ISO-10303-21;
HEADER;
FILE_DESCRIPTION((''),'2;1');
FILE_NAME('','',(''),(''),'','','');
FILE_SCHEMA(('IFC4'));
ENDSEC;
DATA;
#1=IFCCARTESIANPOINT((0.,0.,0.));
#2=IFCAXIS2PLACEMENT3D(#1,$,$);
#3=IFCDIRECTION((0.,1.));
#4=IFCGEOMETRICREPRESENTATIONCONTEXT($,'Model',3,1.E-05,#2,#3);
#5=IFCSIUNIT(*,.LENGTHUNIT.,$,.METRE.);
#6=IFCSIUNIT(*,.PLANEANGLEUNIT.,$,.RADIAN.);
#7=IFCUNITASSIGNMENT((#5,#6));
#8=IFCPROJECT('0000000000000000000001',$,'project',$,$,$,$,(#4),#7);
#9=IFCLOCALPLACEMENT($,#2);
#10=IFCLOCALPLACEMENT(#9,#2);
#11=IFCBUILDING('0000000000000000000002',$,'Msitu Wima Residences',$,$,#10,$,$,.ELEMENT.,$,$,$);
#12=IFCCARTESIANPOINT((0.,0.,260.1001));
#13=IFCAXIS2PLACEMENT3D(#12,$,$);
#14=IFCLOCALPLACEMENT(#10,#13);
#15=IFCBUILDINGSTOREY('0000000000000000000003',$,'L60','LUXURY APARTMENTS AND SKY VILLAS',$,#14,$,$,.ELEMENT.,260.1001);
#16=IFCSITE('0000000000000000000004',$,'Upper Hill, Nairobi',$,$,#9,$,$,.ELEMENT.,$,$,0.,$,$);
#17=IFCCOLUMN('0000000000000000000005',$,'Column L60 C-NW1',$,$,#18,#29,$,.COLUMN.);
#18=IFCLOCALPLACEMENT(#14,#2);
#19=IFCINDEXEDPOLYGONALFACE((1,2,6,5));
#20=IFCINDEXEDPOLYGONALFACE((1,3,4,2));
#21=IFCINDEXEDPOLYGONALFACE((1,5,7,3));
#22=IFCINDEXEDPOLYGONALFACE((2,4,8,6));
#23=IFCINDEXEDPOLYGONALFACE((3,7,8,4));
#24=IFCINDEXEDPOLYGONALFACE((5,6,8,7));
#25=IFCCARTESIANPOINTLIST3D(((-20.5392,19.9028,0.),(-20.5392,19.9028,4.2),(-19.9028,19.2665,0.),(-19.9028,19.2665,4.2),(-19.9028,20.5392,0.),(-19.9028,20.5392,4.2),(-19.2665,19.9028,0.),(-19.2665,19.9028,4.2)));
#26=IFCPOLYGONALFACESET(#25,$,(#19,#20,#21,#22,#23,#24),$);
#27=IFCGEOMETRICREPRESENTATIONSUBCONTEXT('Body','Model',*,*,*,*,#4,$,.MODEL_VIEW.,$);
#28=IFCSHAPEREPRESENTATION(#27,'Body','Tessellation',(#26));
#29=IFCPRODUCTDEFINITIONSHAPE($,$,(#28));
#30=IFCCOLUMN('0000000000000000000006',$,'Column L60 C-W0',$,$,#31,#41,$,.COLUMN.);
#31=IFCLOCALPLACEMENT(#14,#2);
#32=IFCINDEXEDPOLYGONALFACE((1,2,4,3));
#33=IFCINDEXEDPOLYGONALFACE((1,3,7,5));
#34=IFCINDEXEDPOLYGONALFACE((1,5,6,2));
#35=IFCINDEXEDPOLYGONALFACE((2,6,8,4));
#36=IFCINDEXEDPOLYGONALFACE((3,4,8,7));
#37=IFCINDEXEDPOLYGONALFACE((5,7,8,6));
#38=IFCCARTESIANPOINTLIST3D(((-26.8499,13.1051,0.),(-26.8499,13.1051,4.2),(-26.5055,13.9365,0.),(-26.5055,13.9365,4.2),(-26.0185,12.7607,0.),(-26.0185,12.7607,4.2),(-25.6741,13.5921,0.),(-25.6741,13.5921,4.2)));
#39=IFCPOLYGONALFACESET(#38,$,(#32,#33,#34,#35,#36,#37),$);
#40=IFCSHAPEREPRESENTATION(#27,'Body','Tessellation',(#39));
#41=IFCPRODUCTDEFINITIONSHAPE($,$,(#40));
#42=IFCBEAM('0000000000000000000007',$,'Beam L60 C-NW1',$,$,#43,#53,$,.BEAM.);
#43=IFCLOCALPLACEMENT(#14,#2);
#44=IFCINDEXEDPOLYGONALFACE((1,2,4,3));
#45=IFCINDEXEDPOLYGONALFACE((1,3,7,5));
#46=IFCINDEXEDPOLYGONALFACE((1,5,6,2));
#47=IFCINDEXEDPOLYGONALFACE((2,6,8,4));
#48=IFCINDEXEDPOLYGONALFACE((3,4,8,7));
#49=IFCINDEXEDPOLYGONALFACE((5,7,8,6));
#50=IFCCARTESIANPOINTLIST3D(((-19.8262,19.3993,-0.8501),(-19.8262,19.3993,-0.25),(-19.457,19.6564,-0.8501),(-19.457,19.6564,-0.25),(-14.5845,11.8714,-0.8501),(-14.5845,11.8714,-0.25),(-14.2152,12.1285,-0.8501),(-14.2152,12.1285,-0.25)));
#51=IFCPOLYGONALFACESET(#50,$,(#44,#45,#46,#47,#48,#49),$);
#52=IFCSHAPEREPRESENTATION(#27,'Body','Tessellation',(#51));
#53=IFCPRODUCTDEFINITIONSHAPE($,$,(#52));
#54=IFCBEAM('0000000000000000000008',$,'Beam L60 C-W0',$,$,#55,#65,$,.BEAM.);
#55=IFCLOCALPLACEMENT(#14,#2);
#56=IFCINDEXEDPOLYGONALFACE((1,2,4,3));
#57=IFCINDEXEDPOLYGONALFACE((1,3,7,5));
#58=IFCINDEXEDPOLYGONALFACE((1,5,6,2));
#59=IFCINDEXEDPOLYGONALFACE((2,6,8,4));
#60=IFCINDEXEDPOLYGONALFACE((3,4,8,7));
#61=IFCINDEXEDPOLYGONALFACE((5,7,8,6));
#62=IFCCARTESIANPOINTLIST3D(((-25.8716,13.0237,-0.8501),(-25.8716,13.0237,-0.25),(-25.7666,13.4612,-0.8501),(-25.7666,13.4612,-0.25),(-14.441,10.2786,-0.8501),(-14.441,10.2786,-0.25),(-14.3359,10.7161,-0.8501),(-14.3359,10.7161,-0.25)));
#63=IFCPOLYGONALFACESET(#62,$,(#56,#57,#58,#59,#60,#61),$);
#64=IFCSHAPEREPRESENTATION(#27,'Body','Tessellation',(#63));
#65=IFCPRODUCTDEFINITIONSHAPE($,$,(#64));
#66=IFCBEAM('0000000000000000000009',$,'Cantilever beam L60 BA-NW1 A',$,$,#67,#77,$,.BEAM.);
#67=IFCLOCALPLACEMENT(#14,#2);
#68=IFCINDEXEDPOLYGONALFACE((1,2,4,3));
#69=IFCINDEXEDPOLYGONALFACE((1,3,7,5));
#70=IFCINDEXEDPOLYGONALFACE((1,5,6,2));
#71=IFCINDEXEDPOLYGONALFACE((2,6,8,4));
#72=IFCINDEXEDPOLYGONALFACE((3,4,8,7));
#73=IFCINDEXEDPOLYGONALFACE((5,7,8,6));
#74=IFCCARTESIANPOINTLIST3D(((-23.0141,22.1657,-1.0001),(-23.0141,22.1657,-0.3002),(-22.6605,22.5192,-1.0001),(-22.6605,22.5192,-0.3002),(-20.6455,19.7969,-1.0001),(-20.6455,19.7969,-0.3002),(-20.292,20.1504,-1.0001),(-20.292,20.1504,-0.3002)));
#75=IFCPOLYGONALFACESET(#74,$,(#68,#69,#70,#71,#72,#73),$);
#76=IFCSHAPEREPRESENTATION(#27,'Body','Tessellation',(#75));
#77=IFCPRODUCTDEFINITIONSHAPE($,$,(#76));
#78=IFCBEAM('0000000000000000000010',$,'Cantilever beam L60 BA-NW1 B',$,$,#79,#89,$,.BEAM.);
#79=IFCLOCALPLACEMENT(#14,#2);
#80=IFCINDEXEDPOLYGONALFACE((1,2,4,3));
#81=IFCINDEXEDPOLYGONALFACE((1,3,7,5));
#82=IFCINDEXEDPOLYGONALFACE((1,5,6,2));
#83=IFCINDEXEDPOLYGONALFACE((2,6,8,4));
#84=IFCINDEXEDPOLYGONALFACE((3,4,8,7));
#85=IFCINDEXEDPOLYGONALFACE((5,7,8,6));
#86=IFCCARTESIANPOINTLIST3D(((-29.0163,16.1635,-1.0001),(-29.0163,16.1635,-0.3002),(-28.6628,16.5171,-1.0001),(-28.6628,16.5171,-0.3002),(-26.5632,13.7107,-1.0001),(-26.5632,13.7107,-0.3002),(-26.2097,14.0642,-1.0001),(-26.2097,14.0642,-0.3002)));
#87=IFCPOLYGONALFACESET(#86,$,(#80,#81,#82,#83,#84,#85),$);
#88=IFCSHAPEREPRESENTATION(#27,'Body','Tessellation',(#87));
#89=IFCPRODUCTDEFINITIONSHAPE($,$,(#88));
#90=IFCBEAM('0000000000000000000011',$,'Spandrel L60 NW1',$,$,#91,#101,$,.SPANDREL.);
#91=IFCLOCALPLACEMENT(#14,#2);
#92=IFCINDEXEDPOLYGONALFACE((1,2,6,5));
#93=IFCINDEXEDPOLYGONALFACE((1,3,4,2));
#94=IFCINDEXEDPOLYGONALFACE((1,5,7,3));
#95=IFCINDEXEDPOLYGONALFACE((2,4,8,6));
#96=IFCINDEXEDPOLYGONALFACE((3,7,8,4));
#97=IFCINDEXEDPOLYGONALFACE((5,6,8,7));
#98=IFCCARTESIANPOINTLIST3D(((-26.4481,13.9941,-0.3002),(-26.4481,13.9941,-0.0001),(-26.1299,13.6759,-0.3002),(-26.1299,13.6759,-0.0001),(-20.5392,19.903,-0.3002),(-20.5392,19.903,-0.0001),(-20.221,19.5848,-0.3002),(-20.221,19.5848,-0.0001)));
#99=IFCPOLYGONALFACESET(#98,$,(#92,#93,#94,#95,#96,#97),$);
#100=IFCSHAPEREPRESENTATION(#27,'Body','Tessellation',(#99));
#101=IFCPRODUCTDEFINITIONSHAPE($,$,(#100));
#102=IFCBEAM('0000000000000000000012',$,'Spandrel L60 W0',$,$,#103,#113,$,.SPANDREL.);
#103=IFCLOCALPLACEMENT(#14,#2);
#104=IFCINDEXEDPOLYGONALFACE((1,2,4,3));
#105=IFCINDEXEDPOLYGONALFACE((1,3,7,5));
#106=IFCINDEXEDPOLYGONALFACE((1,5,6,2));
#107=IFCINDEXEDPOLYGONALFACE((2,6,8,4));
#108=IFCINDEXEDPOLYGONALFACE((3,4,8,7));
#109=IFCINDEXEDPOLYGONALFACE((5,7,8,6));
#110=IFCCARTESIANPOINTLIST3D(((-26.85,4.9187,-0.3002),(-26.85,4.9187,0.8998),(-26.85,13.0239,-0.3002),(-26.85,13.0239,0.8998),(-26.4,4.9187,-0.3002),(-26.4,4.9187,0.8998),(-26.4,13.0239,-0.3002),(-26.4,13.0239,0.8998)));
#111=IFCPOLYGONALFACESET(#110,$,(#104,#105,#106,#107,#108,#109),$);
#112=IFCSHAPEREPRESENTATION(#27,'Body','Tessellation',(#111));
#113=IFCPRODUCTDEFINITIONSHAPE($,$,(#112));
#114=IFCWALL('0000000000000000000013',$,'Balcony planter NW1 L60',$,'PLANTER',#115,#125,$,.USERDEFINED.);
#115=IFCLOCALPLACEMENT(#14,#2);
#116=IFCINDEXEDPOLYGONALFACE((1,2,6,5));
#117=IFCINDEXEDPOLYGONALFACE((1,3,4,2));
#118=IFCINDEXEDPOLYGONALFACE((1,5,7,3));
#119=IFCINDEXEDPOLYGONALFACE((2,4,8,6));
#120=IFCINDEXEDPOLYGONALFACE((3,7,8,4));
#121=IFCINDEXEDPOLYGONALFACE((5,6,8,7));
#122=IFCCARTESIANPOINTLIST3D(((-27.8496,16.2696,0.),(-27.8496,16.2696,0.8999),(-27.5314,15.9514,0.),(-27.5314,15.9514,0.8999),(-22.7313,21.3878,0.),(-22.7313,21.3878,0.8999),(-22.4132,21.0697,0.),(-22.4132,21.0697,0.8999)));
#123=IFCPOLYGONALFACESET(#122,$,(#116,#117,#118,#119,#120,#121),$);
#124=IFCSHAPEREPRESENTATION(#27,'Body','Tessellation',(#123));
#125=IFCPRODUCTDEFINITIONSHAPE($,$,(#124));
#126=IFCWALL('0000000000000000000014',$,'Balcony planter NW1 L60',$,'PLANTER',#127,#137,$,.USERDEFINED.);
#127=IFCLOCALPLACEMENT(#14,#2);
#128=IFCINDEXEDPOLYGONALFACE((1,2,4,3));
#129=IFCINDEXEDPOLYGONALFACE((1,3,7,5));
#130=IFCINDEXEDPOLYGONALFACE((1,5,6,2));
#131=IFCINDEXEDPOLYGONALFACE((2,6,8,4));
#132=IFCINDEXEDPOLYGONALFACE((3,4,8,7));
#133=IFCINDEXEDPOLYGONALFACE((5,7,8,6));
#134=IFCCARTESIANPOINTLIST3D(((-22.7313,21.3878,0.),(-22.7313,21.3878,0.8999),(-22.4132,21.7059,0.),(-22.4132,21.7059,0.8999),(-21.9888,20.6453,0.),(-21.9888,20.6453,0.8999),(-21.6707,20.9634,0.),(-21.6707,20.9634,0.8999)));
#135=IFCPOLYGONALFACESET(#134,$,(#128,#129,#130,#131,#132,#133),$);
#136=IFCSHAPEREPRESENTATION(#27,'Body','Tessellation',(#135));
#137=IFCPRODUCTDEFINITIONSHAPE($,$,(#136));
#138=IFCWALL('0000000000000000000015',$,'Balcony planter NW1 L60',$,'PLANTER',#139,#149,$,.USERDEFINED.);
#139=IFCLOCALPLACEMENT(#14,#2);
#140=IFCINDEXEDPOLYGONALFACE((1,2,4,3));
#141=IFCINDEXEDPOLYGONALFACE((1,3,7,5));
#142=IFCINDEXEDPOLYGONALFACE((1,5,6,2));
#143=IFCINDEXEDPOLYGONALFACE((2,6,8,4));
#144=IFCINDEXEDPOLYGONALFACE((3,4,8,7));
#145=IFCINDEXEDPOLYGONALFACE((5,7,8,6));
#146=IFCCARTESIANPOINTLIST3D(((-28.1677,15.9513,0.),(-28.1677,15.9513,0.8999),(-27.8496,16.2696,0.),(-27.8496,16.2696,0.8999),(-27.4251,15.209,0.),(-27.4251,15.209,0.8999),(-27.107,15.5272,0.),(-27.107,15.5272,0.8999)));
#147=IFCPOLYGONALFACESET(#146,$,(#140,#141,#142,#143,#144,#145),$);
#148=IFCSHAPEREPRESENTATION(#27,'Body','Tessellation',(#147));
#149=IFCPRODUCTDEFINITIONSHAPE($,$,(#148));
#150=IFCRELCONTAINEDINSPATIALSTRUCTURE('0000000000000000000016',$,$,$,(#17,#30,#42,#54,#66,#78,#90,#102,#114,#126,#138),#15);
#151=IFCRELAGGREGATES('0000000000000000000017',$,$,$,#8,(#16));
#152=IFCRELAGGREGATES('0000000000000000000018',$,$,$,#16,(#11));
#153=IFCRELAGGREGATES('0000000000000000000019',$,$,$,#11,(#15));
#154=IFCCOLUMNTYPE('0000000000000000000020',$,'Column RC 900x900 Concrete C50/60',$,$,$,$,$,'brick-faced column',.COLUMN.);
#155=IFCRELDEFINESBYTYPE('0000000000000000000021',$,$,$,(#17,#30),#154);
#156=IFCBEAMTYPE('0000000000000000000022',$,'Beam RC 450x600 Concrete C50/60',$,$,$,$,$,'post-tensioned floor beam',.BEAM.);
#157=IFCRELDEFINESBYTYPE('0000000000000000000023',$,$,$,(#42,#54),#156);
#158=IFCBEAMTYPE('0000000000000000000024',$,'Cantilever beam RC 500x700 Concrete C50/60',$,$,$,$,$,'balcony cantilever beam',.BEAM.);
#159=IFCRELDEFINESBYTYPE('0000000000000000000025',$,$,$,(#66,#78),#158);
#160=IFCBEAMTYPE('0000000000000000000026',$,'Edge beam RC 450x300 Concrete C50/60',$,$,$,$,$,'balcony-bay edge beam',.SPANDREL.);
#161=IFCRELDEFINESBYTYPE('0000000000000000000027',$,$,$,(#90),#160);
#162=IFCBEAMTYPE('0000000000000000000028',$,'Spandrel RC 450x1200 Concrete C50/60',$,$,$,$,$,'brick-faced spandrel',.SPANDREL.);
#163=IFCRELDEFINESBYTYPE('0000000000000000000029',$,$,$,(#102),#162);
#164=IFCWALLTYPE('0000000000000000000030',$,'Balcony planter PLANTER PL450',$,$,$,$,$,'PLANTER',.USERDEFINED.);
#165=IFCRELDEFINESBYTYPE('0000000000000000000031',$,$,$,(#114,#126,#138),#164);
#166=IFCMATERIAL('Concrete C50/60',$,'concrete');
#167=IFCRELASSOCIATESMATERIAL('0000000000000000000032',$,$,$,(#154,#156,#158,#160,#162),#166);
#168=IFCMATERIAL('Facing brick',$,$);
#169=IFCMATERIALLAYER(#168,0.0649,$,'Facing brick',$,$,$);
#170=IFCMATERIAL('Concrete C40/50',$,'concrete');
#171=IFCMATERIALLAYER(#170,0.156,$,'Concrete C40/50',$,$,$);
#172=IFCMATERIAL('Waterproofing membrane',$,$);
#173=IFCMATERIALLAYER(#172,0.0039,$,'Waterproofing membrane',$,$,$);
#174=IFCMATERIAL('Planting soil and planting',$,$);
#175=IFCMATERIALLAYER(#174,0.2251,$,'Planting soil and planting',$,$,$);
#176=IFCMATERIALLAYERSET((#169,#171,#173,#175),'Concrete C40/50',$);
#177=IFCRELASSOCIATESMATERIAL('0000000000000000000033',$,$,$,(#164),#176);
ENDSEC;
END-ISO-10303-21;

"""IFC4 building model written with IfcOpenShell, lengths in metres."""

from ifc_helpers import new_model, si_unit, direction, frame, frame_2d, origin, origin_2d, place, context, subcontext, project, spatial, rectangle, extrude, material, layer, layer_set, material_profile, profile_set, type_object, element, save


model = new_model("IFC4")

# Units and contexts
model_context = context("Model", 3, precision=1e-05, world=origin(), true_north=direction((0.0, 1.0)))
body_context = subcontext(model_context, "Body", "Model", "MODEL_VIEW")
ifc_project = project(units=[si_unit("LENGTHUNIT", "METRE"), si_unit("PLANEANGLEUNIT", "RADIAN")], contexts=[model_context])

# Site, building, storey
site_placement = place(None, origin())
site = spatial("IfcSite", under=ifc_project, at=site_placement, Name="Upper Hill, Nairobi", CompositionType="ELEMENT", RefElevation=0.0)
building_placement = place(site_placement, origin())
building = spatial("IfcBuilding", under=site, at=building_placement, Name="Msitu Wima Residences", CompositionType="ELEMENT")
storey_placement = place(building_placement, frame((0.0, 0.0, 260.1001)))
storey = spatial("IfcBuildingStorey", under=building, at=storey_placement, Name="L60", Description="LUXURY APARTMENTS AND SKY VILLAS", CompositionType="ELEMENT", Elevation=260.1001)

# Columns
ifc_material_1 = material(Name="Concrete C50/60", Category="concrete")
ifc_material_profile_1 = material_profile(ifc_material_1, rectangle(XDim=0.8999, YDim=0.8999, at=origin_2d()), Name="RC 900x900")
ifc_profile_set_1 = profile_set([ifc_material_profile_1], Name="Concrete C50/60")
column_type = type_object("IfcColumnType", Name="Column RC 900x900 Concrete C50/60", ElementType="brick-faced column", PredefinedType="COLUMN", material=ifc_profile_set_1)
for number, where, z_axis, x_axis, name in (
    (1, (-19.9028, 19.9028, 0.0), (0.0, 0.0, 1.0), (-0.707107, -0.707107, 0.0), "Column L60 C-NW1"),
    (2, (-26.262, 13.3486, 0.0), (0.0, 0.0, 1.0), (-0.382683, -0.92388, 0.0), "Column L60 C-W0"),
):
    element("IfcColumn", number, at=place(storey_placement, frame(where, z_axis=z_axis, x_axis=x_axis)), inside=storey, type_object=column_type, Name=name, PredefinedType="COLUMN", context=body_context, shape_type="SweptSolid", body=[
        extrude(rectangle(XDim=0.8999, YDim=0.8999, at=origin_2d()), origin(), (0.0, 0.0, 1.0), 4.2),
    ])

# Beams
ifc_material_profile_2 = material_profile(ifc_material_1, rectangle(XDim=0.45, YDim=0.6001, at=origin_2d()), Name="RC 450x600")
ifc_profile_set_2 = profile_set([ifc_material_profile_2], Name="Concrete C50/60")
beam_type_1 = type_object("IfcBeamType", Name="Beam RC 450x600 Concrete C50/60", ElementType="post-tensioned floor beam", PredefinedType="BEAM", material=ifc_profile_set_2)
beam_1_placement = place(storey_placement, frame((-19.6416, 19.5278, -0.55), z_axis=(0.571428, -0.820652, 0.0), x_axis=(0.820652, 0.571428, 0.0)))
element("IfcBeam", 3, at=beam_1_placement, inside=storey, type_object=beam_type_1, Name="Beam L60 C-NW1", PredefinedType="BEAM", context=body_context, shape_type="SweptSolid", body=[
    extrude(rectangle(XDim=0.45, YDim=0.6001, at=origin_2d()), origin(), (0.0, 0.0, 1.0), 9.1731),
])
beam_2_placement = place(storey_placement, frame((-25.8191, 13.2424, -0.55), z_axis=(0.972353, -0.233514, 0.0), x_axis=(0.233514, 0.972353, 0.0)))
element("IfcBeam", 4, at=beam_2_placement, inside=storey, type_object=beam_type_1, Name="Beam L60 C-W0", PredefinedType="BEAM", context=body_context, shape_type="SweptSolid", body=[
    extrude(rectangle(XDim=0.45, YDim=0.6001, at=origin_2d()), origin(), (0.0, 0.0, 1.0), 11.7556),
])
ifc_material_profile_3 = material_profile(ifc_material_1, rectangle(XDim=0.5, YDim=0.7, at=origin_2d()), Name="RC 500x700")
ifc_profile_set_3 = profile_set([ifc_material_profile_3], Name="Concrete C50/60")
beam_type_2 = type_object("IfcBeamType", Name="Cantilever beam RC 500x700 Concrete C50/60", ElementType="balcony cantilever beam", PredefinedType="BEAM", material=ifc_profile_set_3)
beam_3_placement = place(storey_placement, frame((-20.4688, 19.9736, -0.6501), z_axis=(-0.70707, 0.707143, 0.0), x_axis=(-0.707143, -0.70707, 0.0)))
element("IfcBeam", 5, at=beam_3_placement, inside=storey, type_object=beam_type_2, Name="Cantilever beam L60 BA-NW1 A", PredefinedType="BEAM", context=body_context, shape_type="SweptSolid", body=[
    extrude(rectangle(XDim=0.5, YDim=0.7, at=origin_2d()), origin(), (0.0, 0.0, 1.0), 3.3499),
])
beam_4_placement = place(storey_placement, frame((-26.3865, 13.8875, -0.6501), z_axis=(-0.707142, 0.707072, 0.0), x_axis=(-0.707072, -0.707142, 0.0)))
element("IfcBeam", 6, at=beam_4_placement, inside=storey, type_object=beam_type_2, Name="Cantilever beam L60 BA-NW1 B", PredefinedType="BEAM", context=body_context, shape_type="SweptSolid", body=[
    extrude(rectangle(XDim=0.5, YDim=0.7, at=origin_2d()), origin(), (0.0, 0.0, 1.0), 3.469),
])
ifc_material_profile_4 = material_profile(ifc_material_1, rectangle(XDim=0.45, YDim=0.3, at=origin_2d()), Name="RC 450x300")
ifc_profile_set_4 = profile_set([ifc_material_profile_4], Name="Concrete C50/60")
beam_type_3 = type_object("IfcBeamType", Name="Edge beam RC 450x300 Concrete C50/60", ElementType="balcony-bay edge beam", PredefinedType="SPANDREL", material=ifc_profile_set_4)
beam_5_placement = place(storey_placement, frame((-20.3801, 19.7439, -0.1501), z_axis=(-0.707107, -0.707107, 0.0), x_axis=(0.707107, -0.707107, 0.0)))
element("IfcBeam", 7, at=beam_5_placement, inside=storey, type_object=beam_type_3, Name="Spandrel L60 NW1", PredefinedType="SPANDREL", context=body_context, shape_type="SweptSolid", body=[
    extrude(rectangle(XDim=0.45, YDim=0.3, at=origin_2d()), origin(), (0.0, 0.0, 1.0), 8.3564),
])
ifc_material_profile_5 = material_profile(ifc_material_1, rectangle(XDim=0.45, YDim=1.2, at=origin_2d()), Name="RC 450x1200")
ifc_profile_set_5 = profile_set([ifc_material_profile_5], Name="Concrete C50/60")
beam_type_4 = type_object("IfcBeamType", Name="Spandrel RC 450x1200 Concrete C50/60", ElementType="brick-faced spandrel", PredefinedType="SPANDREL", material=ifc_profile_set_5)
beam_6_placement = place(storey_placement, frame((-26.625, 13.0239, 0.2998), z_axis=(0.0, -1.0, 0.0), x_axis=(1.0, 0.0, 0.0)))
element("IfcBeam", 8, at=beam_6_placement, inside=storey, type_object=beam_type_4, Name="Spandrel L60 W0", PredefinedType="SPANDREL", context=body_context, shape_type="SweptSolid", body=[
    extrude(rectangle(XDim=0.45, YDim=1.2, at=origin_2d()), origin(), (0.0, 0.0, 1.0), 8.1052),
])

# Walls
ifc_material_2 = material(Name="Facing brick")
ifc_layer_1 = layer(ifc_material_2, 0.0649, Name="Facing brick")
ifc_material_3 = material(Name="Concrete C40/50", Category="concrete")
ifc_layer_2 = layer(ifc_material_3, 0.156, Name="Concrete C40/50")
ifc_material_4 = material(Name="Waterproofing membrane")
ifc_layer_3 = layer(ifc_material_4, 0.0039, Name="Waterproofing membrane")
ifc_material_5 = material(Name="Planting soil and planting")
ifc_layer_4 = layer(ifc_material_5, 0.2251, Name="Planting soil and planting")
ifc_layer_set_1 = layer_set([ifc_layer_1, ifc_layer_2, ifc_layer_3, ifc_layer_4], Name="Concrete C40/50")
wall_type_1 = type_object("IfcWallType", Name="Balcony planter PLANTER PL450", ElementType="PLANTER", PredefinedType="USERDEFINED", material=ifc_layer_set_1)
wall_1_placement = place(storey_placement, frame((-22.5723, 21.2288, 0.0), z_axis=(0.0, 0.0, 1.0), x_axis=(-0.707107, -0.707107, 0.0)))
element("IfcWall", 9, at=wall_1_placement, inside=storey, type_object=wall_type_1, Name="Balcony planter NW1 L60", ObjectType="PLANTER", PredefinedType="USERDEFINED", context=body_context, shape_type="SweptSolid", body=[
    extrude(rectangle(XDim=7.2383, YDim=0.45, at=frame_2d((3.6191, 0.0))), origin(), (0.0, 0.0, 1.0), 0.8999),
])
for number, where, z_axis, x_axis, name in (
    (10, (-21.8298, 20.8044, 0.0), (0.0, 0.0, 1.0), (-0.707107, 0.707107, 0.0), "Balcony planter NW1 L60"),
    (11, (-27.2661, 15.3682, 0.0), (0.0, 0.0, 1.0), (-0.707223, 0.706991, 0.0), "Balcony planter NW1 L60"),
):
    element("IfcWall", number, at=place(storey_placement, frame(where, z_axis=z_axis, x_axis=x_axis)), inside=storey, type_object=wall_type_1, Name=name, ObjectType="PLANTER", PredefinedType="USERDEFINED", context=body_context, shape_type="SweptSolid", body=[
        extrude(rectangle(XDim=1.05, YDim=0.45, at=frame_2d((0.5249, 0.0))), origin(), (0.0, 0.0, 1.0), 0.8999),
    ])

save(model, "model.ifc")
